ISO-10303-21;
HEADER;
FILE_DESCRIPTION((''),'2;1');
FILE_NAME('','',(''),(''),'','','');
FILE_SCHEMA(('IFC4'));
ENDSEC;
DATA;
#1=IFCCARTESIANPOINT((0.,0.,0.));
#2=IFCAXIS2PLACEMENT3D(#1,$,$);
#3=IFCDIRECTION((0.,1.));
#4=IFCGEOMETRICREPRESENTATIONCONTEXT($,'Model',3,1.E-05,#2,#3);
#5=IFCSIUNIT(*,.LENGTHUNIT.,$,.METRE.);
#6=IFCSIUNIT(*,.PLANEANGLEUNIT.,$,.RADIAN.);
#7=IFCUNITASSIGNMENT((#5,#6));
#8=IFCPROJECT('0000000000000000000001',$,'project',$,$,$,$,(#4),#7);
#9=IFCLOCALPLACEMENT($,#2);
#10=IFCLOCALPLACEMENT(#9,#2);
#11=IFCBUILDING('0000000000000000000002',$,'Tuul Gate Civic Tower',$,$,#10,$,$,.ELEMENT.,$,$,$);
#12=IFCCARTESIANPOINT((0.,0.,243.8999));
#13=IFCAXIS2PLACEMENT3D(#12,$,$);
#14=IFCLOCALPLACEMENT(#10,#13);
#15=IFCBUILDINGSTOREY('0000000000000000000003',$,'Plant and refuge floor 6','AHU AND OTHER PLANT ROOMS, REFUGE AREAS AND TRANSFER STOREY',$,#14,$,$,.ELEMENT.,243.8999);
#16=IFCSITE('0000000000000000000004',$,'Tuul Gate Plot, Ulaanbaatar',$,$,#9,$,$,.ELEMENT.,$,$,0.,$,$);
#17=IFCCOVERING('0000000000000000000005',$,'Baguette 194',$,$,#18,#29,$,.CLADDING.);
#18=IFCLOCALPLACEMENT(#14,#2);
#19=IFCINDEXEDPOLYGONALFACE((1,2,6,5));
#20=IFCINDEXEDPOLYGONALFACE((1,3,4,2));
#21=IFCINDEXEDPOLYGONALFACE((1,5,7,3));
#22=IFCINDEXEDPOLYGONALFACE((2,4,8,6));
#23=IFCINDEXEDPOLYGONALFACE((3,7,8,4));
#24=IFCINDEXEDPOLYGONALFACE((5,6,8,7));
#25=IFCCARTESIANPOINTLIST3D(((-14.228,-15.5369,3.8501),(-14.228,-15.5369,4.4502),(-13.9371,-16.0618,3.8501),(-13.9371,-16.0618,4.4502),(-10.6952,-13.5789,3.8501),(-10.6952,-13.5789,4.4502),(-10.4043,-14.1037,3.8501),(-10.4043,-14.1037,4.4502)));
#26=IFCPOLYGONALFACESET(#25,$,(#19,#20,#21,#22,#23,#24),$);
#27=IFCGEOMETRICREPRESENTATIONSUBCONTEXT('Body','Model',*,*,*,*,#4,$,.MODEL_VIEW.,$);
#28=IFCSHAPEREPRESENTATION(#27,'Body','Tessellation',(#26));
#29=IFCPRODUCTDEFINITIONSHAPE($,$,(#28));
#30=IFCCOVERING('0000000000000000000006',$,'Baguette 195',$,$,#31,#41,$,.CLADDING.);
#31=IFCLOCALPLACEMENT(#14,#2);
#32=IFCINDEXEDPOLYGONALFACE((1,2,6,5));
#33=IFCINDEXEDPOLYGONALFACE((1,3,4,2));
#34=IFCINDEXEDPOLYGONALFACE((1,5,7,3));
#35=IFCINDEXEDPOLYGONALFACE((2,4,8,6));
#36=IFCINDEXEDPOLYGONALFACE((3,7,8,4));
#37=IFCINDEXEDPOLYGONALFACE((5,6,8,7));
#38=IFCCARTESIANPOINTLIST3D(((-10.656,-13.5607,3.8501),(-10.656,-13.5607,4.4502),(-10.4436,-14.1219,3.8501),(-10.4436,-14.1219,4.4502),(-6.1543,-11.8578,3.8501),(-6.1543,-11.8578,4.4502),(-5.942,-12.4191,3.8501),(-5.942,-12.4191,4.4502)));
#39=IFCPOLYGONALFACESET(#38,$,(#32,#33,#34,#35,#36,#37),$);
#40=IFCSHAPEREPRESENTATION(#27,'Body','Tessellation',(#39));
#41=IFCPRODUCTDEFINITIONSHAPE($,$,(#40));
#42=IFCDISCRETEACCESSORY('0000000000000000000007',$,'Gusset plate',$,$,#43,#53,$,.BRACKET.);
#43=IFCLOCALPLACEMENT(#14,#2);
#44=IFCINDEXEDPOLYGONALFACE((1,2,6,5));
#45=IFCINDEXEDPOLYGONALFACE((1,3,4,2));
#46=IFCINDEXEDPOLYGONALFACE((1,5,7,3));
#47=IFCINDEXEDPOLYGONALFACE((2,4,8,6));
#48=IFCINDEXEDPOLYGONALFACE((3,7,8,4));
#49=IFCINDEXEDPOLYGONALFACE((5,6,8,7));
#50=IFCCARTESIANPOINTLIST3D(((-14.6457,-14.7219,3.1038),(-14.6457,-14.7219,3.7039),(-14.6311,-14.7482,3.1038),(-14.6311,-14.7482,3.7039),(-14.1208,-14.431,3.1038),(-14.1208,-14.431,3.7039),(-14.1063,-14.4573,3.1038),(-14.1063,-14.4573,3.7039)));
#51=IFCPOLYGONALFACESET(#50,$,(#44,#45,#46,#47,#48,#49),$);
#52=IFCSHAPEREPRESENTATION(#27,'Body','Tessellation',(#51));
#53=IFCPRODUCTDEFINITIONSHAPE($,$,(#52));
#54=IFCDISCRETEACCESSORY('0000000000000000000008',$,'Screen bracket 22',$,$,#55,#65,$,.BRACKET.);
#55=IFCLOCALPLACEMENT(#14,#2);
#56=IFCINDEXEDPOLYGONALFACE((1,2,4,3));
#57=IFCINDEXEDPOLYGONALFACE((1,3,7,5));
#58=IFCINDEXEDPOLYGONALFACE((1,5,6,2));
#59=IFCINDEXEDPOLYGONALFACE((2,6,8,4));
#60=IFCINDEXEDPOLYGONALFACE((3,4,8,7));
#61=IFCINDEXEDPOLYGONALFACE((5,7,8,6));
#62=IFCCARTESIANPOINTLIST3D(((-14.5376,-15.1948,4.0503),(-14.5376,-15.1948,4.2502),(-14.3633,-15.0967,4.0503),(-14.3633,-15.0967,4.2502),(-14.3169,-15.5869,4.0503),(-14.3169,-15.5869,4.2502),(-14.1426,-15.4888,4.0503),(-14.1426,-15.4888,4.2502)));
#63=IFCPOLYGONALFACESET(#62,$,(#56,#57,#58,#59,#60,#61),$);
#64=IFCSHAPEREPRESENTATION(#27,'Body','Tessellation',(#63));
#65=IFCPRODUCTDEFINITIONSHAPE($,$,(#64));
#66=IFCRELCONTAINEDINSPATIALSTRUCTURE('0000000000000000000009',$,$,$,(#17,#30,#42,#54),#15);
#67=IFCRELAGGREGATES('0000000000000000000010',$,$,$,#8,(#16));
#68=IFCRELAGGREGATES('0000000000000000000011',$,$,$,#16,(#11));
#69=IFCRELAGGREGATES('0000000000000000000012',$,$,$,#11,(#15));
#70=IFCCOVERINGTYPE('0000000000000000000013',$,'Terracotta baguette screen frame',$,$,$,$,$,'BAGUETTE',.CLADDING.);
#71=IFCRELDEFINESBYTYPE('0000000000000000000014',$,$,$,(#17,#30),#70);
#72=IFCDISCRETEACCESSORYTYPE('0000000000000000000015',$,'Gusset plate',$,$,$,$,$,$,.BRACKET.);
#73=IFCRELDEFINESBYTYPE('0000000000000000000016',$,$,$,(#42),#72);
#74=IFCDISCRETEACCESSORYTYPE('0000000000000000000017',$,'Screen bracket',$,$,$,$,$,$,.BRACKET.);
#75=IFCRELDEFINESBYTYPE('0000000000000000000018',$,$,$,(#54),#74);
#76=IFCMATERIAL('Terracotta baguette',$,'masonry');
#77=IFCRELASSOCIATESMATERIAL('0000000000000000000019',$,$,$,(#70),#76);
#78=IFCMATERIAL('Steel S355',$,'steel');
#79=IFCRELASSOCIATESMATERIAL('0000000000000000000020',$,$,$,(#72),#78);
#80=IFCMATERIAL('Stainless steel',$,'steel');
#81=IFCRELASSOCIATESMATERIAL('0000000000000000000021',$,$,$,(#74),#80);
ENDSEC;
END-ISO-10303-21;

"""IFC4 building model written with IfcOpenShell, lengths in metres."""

from ifc_helpers import new_model, si_unit, direction, frame, origin, origin_2d, place, context, subcontext, project, spatial, rectangle, extrude, material, material_profile, profile_set, type_object, element, save


model = new_model("IFC4")

# Units and contexts
model_context = context("Model", 3, precision=1e-05, world=origin(), true_north=direction((0.0, 1.0)))
body_context = subcontext(model_context, "Body", "Model", "MODEL_VIEW")
ifc_project = project(units=[si_unit("LENGTHUNIT", "METRE"), si_unit("PLANEANGLEUNIT", "RADIAN")], contexts=[model_context])

# Site, building, storey
site_placement = place(None, origin())
site = spatial("IfcSite", under=ifc_project, at=site_placement, Name="Tuul Gate Plot, Ulaanbaatar", CompositionType="ELEMENT", RefElevation=0.0)
building_placement = place(site_placement, origin())
building = spatial("IfcBuilding", under=site, at=building_placement, Name="Tuul Gate Civic Tower", CompositionType="ELEMENT")
storey_placement = place(building_placement, frame((0.0, 0.0, 243.8999)))
storey = spatial("IfcBuildingStorey", under=building, at=storey_placement, Name="Plant and refuge floor 6", Description="AHU AND OTHER PLANT ROOMS, REFUGE AREAS AND TRANSFER STOREY", CompositionType="ELEMENT", Elevation=243.8999)

# Coverings
ifc_material_1 = material(Name="Terracotta baguette", Category="masonry")
ifc_material_profile_1 = material_profile(ifc_material_1, rectangle(XDim=0.6001, YDim=0.6001, at=origin_2d()), Name="Terracotta baguette screen frame")
ifc_profile_set_1 = profile_set([ifc_material_profile_1], Name="Terracotta baguette")
covering_type = type_object("IfcCoveringType", Name="Terracotta baguette screen frame", ElementType="BAGUETTE", PredefinedType="CLADDING", material=ifc_profile_set_1)
covering_1_placement = place(storey_placement, frame((-14.0825, -15.7993, 4.1501), z_axis=(0.874642, 0.48477, 0.0), x_axis=(-0.48477, 0.874642, 0.0)))
element("IfcCovering", 1, at=covering_1_placement, inside=storey, type_object=covering_type, Name="Baguette 194", PredefinedType="CLADDING", context=body_context, shape_type="SweptSolid", body=[
    extrude(rectangle(XDim=0.6001, YDim=0.6001, at=origin_2d()), origin(), (0.0, 0.0, 1.0), 4.0391),
])
covering_2_placement = place(storey_placement, frame((-10.5498, -13.8413, 4.1501), z_axis=(0.935318, 0.353807, 0.0), x_axis=(-0.353807, 0.935318, 0.0)))
element("IfcCovering", 2, at=covering_2_placement, inside=storey, type_object=covering_type, Name="Baguette 195", PredefinedType="CLADDING", context=body_context, shape_type="SweptSolid", body=[
    extrude(rectangle(XDim=0.6001, YDim=0.6001, at=origin_2d()), origin(), (0.0, 0.0, 1.0), 4.813),
])

# Discrete accessories
ifc_material_2 = material(Name="Steel S355", Category="steel")
discrete_accessory_type_1 = type_object("IfcDiscreteAccessoryType", Name="Gusset plate", PredefinedType="BRACKET", material=ifc_material_2)
discrete_accessory_1_placement = place(storey_placement, frame((-14.376, -14.5896, 3.1038), z_axis=(0.0, 0.0, 1.0), x_axis=(-0.874598, -0.484849, 0.0)))
element("IfcDiscreteAccessory", 3, at=discrete_accessory_1_placement, inside=storey, type_object=discrete_accessory_type_1, Name="Gusset plate", PredefinedType="BRACKET", context=body_context, shape_type="SweptSolid", body=[
    extrude(rectangle(XDim=0.6001, YDim=0.03, at=origin_2d()), origin(), (0.0, 0.0, 1.0), 0.6001),
])
ifc_material_3 = material(Name="Stainless steel", Category="steel")
discrete_accessory_type_2 = type_object("IfcDiscreteAccessoryType", Name="Screen bracket", PredefinedType="BRACKET", material=ifc_material_3)
discrete_accessory_2_placement = place(storey_placement, frame((-14.3401, -15.3418, 4.0503), z_axis=(0.0, 0.0, 1.0), x_axis=(0.490448, -0.871471, 0.0)))
element("IfcDiscreteAccessory", 4, at=discrete_accessory_2_placement, inside=storey, type_object=discrete_accessory_type_2, Name="Screen bracket 22", PredefinedType="BRACKET", context=body_context, shape_type="SweptSolid", body=[
    extrude(rectangle(XDim=0.45, YDim=0.2, at=origin_2d()), origin(), (0.0, 0.0, 1.0), 0.2),
])

save(model, "model.ifc")
